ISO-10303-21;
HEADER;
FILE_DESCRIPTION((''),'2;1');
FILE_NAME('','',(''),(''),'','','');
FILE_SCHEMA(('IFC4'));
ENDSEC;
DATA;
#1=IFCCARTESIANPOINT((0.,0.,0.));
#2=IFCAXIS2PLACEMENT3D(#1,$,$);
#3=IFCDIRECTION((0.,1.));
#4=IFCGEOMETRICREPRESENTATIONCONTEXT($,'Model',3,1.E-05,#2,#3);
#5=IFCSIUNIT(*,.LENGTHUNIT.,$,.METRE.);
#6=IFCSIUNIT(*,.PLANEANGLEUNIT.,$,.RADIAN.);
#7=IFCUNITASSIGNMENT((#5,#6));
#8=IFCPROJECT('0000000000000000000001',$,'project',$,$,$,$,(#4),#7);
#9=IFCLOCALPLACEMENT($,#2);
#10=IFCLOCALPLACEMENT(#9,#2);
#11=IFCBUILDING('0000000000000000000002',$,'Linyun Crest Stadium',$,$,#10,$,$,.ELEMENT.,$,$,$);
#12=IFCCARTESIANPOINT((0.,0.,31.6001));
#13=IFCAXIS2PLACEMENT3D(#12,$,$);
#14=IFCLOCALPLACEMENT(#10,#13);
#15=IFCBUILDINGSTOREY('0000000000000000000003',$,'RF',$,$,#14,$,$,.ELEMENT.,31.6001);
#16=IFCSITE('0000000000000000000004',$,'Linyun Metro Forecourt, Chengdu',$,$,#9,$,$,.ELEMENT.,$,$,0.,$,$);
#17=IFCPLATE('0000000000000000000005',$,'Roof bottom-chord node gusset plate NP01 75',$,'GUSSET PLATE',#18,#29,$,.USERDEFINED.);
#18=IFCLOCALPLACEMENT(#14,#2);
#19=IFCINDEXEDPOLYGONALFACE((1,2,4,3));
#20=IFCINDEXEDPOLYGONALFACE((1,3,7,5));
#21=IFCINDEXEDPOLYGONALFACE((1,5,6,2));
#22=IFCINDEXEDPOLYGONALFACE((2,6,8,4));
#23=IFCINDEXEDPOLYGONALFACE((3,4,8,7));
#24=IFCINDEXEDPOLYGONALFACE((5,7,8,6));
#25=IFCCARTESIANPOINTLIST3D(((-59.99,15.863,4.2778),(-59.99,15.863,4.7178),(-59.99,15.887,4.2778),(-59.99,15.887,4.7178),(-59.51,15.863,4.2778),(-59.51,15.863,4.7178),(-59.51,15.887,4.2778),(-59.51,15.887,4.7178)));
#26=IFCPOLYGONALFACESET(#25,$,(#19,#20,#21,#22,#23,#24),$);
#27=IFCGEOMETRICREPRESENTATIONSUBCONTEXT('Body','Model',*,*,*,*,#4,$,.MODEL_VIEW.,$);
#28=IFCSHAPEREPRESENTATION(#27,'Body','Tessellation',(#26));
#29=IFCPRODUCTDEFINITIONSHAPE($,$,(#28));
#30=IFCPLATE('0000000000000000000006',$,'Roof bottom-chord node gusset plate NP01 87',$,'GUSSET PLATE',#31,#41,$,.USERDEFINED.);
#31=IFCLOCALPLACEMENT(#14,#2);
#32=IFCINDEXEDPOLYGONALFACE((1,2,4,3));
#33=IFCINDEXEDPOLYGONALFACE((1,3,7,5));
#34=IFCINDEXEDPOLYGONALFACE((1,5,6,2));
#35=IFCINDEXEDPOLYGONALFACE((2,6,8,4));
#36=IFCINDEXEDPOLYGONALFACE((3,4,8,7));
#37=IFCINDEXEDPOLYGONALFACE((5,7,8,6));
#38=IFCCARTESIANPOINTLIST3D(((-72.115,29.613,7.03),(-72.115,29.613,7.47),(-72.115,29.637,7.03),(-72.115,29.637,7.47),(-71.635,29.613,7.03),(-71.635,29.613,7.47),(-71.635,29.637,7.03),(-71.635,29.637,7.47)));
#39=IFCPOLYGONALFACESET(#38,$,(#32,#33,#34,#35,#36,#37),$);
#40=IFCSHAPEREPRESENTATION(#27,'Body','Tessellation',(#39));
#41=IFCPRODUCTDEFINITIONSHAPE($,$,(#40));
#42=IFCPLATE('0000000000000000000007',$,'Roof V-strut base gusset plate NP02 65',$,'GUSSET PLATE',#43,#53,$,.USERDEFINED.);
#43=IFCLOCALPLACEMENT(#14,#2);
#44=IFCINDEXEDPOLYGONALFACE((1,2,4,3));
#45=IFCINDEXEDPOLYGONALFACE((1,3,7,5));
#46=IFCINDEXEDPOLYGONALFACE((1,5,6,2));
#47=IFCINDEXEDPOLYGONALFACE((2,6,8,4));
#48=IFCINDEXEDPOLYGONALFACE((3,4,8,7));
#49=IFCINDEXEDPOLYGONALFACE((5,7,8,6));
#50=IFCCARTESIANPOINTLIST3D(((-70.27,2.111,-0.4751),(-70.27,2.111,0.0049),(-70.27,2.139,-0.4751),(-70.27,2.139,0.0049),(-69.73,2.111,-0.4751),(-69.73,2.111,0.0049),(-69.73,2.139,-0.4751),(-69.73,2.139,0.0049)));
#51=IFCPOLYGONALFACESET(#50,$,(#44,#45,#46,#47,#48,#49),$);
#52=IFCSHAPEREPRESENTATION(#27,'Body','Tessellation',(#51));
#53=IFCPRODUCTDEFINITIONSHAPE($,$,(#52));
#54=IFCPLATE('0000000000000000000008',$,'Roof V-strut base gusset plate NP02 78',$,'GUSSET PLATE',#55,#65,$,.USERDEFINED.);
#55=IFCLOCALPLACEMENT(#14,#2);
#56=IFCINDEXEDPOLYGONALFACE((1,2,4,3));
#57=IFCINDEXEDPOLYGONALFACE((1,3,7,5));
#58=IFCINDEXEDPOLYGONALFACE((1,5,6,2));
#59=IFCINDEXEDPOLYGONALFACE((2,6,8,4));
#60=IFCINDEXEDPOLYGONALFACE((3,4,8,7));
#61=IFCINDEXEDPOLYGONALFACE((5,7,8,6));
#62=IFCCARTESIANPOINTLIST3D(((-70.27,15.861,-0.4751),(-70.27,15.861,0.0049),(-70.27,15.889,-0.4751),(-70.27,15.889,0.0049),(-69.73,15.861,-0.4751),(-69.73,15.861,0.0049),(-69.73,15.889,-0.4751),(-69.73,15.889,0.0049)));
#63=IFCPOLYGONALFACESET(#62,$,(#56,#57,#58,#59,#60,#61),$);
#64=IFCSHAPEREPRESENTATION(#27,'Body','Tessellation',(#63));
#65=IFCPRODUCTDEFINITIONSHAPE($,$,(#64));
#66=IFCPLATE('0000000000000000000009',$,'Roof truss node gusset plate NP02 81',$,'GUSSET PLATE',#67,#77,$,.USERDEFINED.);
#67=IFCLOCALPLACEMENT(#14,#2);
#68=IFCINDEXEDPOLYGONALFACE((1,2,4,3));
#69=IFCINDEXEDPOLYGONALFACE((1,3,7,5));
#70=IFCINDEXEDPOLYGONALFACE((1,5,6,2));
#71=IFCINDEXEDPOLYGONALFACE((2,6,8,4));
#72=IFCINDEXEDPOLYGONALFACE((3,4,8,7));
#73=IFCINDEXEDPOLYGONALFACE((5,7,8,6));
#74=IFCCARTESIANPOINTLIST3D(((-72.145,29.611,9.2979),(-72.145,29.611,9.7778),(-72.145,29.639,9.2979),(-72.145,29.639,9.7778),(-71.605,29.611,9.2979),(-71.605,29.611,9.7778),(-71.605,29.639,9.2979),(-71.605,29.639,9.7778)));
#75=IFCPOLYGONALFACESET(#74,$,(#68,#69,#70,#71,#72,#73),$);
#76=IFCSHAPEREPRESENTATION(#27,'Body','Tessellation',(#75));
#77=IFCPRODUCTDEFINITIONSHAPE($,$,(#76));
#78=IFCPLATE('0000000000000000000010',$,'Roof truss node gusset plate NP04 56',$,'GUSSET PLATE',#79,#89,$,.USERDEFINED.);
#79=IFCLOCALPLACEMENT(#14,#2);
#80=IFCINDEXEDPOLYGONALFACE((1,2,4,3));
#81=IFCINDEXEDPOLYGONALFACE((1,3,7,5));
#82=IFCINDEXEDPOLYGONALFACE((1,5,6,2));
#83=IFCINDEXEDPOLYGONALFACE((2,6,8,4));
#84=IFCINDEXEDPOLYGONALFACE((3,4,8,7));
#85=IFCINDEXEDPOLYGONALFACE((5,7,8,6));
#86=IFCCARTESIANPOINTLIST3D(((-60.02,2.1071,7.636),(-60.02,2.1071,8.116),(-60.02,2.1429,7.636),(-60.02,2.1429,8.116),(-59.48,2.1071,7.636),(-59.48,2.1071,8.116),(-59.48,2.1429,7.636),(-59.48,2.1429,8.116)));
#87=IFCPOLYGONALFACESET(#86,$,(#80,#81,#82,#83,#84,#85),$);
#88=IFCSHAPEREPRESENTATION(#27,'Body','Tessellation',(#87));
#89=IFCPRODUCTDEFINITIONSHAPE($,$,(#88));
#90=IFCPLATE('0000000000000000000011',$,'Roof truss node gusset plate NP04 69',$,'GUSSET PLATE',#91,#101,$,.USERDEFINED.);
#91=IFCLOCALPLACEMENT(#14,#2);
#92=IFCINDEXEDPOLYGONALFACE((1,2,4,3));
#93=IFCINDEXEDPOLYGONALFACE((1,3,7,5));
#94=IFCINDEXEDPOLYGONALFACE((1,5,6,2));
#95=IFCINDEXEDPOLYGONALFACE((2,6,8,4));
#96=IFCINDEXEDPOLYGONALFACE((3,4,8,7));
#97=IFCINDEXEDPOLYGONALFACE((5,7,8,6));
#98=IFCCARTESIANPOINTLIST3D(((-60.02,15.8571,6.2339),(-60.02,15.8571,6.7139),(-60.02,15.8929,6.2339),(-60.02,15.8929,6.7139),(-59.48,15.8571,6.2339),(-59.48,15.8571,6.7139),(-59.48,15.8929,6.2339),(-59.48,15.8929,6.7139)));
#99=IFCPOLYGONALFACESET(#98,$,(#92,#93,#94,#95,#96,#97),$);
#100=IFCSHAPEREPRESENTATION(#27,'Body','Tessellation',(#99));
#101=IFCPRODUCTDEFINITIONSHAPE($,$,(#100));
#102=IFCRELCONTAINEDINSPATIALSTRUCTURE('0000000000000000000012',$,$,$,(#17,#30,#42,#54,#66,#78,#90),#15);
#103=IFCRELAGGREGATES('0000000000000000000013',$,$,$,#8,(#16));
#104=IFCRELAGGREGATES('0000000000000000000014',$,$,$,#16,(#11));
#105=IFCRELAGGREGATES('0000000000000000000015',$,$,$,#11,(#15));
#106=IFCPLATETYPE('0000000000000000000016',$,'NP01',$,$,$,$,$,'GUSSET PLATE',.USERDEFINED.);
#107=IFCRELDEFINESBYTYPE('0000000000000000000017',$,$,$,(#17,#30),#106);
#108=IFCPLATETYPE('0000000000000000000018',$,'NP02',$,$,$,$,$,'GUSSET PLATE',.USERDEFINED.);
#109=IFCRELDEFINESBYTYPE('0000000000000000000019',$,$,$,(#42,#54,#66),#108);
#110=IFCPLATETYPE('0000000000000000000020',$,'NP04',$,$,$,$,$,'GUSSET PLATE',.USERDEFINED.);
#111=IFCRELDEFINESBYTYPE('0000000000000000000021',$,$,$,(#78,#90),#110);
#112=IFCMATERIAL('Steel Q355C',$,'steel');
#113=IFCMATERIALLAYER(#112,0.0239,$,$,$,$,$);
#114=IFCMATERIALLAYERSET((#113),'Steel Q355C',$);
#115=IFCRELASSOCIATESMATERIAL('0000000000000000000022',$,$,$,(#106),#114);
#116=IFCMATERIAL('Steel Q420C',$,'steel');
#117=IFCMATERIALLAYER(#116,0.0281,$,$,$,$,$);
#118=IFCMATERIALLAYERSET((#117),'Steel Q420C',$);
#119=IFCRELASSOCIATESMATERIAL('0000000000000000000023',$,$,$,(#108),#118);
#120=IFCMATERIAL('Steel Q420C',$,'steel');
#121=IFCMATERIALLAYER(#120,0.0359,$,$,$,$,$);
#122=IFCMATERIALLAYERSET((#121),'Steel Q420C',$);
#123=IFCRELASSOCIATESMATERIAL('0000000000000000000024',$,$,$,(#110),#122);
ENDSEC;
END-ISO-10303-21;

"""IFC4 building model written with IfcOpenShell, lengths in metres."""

from ifc_helpers import new_model, si_unit, direction, frame, origin, origin_2d, place, context, subcontext, project, spatial, rectangle, extrude, material, layer, layer_set, type_object, element, save


model = new_model("IFC4")

# Units and contexts
model_context = context("Model", 3, precision=1e-05, world=origin(), true_north=direction((0.0, 1.0)))
body_context = subcontext(model_context, "Body", "Model", "MODEL_VIEW")
ifc_project = project(units=[si_unit("LENGTHUNIT", "METRE"), si_unit("PLANEANGLEUNIT", "RADIAN")], contexts=[model_context])

# Site, building, storey
site_placement = place(None, origin())
site = spatial("IfcSite", under=ifc_project, at=site_placement, Name="Linyun Metro Forecourt, Chengdu", CompositionType="ELEMENT", RefElevation=0.0)
building_placement = place(site_placement, origin())
building = spatial("IfcBuilding", under=site, at=building_placement, Name="Linyun Crest Stadium", CompositionType="ELEMENT")
storey_placement = place(building_placement, frame((0.0, 0.0, 31.6001)))
storey = spatial("IfcBuildingStorey", under=building, at=storey_placement, Name="RF", CompositionType="ELEMENT", Elevation=31.6001)

# Plates
ifc_material_1 = material(Name="Steel Q355C", Category="steel")
ifc_layer_1 = layer(ifc_material_1, 0.0239)
ifc_layer_set_1 = layer_set([ifc_layer_1], Name="Steel Q355C")
plate_type_1 = type_object("IfcPlateType", Name="NP01", ElementType="GUSSET PLATE", PredefinedType="USERDEFINED", material=ifc_layer_set_1)
for number, where, z_axis, x_axis, name in (
    (1, (-59.75, 15.875, 4.2778), (0.0, 0.0, 1.0), (1.0, 0.0, 0.0), "Roof bottom-chord node gusset plate NP01 75"),
    (2, (-71.875, 29.625, 7.03), (0.0, 0.0, 1.0), (1.0, 0.0, 0.0), "Roof bottom-chord node gusset plate NP01 87"),
):
    element("IfcPlate", number, at=place(storey_placement, frame(where, z_axis=z_axis, x_axis=x_axis)), inside=storey, type_object=plate_type_1, Name=name, ObjectType="GUSSET PLATE", PredefinedType="USERDEFINED", context=body_context, shape_type="SweptSolid", body=[
        extrude(rectangle(XDim=0.48, YDim=0.0239, at=origin_2d()), origin(), (0.0, 0.0, 1.0), 0.4399),
    ])
ifc_material_2 = material(Name="Steel Q420C", Category="steel")
ifc_layer_2 = layer(ifc_material_2, 0.0281)
ifc_layer_set_2 = layer_set([ifc_layer_2], Name="Steel Q420C")
plate_type_2 = type_object("IfcPlateType", Name="NP02", ElementType="GUSSET PLATE", PredefinedType="USERDEFINED", material=ifc_layer_set_2)
for number, where, z_axis, x_axis, name in (
    (3, (-70.0, 2.125, -0.4751), (0.0, 0.0, 1.0), (1.0, 0.0, 0.0), "Roof V-strut base gusset plate NP02 65"),
    (4, (-70.0, 15.875, -0.4751), (0.0, 0.0, 1.0), (1.0, 0.0, 0.0), "Roof V-strut base gusset plate NP02 78"),
    (5, (-71.875, 29.625, 9.2979), (0.0, 0.0, 1.0), (1.0, 0.0, 0.0), "Roof truss node gusset plate NP02 81"),
):
    element("IfcPlate", number, at=place(storey_placement, frame(where, z_axis=z_axis, x_axis=x_axis)), inside=storey, type_object=plate_type_2, Name=name, ObjectType="GUSSET PLATE", PredefinedType="USERDEFINED", context=body_context, shape_type="SweptSolid", body=[
        extrude(rectangle(XDim=0.54, YDim=0.0281, at=origin_2d()), origin(), (0.0, 0.0, 1.0), 0.48),
    ])
ifc_material_3 = material(Name="Steel Q420C", Category="steel")
ifc_layer_3 = layer(ifc_material_3, 0.0359)
ifc_layer_set_3 = layer_set([ifc_layer_3], Name="Steel Q420C")
plate_type_3 = type_object("IfcPlateType", Name="NP04", ElementType="GUSSET PLATE", PredefinedType="USERDEFINED", material=ifc_layer_set_3)
for number, where, z_axis, x_axis, name in (
    (6, (-59.75, 2.125, 7.636), (0.0, 0.0, 1.0), (1.0, 0.0, 0.0), "Roof truss node gusset plate NP04 56"),
    (7, (-59.75, 15.875, 6.2339), (0.0, 0.0, 1.0), (1.0, 0.0, 0.0), "Roof truss node gusset plate NP04 69"),
):
    element("IfcPlate", number, at=place(storey_placement, frame(where, z_axis=z_axis, x_axis=x_axis)), inside=storey, type_object=plate_type_3, Name=name, ObjectType="GUSSET PLATE", PredefinedType="USERDEFINED", context=body_context, shape_type="SweptSolid", body=[
        extrude(rectangle(XDim=0.54, YDim=0.0359, at=origin_2d()), origin(), (0.0, 0.0, 1.0), 0.48),
    ])

save(model, "model.ifc")
